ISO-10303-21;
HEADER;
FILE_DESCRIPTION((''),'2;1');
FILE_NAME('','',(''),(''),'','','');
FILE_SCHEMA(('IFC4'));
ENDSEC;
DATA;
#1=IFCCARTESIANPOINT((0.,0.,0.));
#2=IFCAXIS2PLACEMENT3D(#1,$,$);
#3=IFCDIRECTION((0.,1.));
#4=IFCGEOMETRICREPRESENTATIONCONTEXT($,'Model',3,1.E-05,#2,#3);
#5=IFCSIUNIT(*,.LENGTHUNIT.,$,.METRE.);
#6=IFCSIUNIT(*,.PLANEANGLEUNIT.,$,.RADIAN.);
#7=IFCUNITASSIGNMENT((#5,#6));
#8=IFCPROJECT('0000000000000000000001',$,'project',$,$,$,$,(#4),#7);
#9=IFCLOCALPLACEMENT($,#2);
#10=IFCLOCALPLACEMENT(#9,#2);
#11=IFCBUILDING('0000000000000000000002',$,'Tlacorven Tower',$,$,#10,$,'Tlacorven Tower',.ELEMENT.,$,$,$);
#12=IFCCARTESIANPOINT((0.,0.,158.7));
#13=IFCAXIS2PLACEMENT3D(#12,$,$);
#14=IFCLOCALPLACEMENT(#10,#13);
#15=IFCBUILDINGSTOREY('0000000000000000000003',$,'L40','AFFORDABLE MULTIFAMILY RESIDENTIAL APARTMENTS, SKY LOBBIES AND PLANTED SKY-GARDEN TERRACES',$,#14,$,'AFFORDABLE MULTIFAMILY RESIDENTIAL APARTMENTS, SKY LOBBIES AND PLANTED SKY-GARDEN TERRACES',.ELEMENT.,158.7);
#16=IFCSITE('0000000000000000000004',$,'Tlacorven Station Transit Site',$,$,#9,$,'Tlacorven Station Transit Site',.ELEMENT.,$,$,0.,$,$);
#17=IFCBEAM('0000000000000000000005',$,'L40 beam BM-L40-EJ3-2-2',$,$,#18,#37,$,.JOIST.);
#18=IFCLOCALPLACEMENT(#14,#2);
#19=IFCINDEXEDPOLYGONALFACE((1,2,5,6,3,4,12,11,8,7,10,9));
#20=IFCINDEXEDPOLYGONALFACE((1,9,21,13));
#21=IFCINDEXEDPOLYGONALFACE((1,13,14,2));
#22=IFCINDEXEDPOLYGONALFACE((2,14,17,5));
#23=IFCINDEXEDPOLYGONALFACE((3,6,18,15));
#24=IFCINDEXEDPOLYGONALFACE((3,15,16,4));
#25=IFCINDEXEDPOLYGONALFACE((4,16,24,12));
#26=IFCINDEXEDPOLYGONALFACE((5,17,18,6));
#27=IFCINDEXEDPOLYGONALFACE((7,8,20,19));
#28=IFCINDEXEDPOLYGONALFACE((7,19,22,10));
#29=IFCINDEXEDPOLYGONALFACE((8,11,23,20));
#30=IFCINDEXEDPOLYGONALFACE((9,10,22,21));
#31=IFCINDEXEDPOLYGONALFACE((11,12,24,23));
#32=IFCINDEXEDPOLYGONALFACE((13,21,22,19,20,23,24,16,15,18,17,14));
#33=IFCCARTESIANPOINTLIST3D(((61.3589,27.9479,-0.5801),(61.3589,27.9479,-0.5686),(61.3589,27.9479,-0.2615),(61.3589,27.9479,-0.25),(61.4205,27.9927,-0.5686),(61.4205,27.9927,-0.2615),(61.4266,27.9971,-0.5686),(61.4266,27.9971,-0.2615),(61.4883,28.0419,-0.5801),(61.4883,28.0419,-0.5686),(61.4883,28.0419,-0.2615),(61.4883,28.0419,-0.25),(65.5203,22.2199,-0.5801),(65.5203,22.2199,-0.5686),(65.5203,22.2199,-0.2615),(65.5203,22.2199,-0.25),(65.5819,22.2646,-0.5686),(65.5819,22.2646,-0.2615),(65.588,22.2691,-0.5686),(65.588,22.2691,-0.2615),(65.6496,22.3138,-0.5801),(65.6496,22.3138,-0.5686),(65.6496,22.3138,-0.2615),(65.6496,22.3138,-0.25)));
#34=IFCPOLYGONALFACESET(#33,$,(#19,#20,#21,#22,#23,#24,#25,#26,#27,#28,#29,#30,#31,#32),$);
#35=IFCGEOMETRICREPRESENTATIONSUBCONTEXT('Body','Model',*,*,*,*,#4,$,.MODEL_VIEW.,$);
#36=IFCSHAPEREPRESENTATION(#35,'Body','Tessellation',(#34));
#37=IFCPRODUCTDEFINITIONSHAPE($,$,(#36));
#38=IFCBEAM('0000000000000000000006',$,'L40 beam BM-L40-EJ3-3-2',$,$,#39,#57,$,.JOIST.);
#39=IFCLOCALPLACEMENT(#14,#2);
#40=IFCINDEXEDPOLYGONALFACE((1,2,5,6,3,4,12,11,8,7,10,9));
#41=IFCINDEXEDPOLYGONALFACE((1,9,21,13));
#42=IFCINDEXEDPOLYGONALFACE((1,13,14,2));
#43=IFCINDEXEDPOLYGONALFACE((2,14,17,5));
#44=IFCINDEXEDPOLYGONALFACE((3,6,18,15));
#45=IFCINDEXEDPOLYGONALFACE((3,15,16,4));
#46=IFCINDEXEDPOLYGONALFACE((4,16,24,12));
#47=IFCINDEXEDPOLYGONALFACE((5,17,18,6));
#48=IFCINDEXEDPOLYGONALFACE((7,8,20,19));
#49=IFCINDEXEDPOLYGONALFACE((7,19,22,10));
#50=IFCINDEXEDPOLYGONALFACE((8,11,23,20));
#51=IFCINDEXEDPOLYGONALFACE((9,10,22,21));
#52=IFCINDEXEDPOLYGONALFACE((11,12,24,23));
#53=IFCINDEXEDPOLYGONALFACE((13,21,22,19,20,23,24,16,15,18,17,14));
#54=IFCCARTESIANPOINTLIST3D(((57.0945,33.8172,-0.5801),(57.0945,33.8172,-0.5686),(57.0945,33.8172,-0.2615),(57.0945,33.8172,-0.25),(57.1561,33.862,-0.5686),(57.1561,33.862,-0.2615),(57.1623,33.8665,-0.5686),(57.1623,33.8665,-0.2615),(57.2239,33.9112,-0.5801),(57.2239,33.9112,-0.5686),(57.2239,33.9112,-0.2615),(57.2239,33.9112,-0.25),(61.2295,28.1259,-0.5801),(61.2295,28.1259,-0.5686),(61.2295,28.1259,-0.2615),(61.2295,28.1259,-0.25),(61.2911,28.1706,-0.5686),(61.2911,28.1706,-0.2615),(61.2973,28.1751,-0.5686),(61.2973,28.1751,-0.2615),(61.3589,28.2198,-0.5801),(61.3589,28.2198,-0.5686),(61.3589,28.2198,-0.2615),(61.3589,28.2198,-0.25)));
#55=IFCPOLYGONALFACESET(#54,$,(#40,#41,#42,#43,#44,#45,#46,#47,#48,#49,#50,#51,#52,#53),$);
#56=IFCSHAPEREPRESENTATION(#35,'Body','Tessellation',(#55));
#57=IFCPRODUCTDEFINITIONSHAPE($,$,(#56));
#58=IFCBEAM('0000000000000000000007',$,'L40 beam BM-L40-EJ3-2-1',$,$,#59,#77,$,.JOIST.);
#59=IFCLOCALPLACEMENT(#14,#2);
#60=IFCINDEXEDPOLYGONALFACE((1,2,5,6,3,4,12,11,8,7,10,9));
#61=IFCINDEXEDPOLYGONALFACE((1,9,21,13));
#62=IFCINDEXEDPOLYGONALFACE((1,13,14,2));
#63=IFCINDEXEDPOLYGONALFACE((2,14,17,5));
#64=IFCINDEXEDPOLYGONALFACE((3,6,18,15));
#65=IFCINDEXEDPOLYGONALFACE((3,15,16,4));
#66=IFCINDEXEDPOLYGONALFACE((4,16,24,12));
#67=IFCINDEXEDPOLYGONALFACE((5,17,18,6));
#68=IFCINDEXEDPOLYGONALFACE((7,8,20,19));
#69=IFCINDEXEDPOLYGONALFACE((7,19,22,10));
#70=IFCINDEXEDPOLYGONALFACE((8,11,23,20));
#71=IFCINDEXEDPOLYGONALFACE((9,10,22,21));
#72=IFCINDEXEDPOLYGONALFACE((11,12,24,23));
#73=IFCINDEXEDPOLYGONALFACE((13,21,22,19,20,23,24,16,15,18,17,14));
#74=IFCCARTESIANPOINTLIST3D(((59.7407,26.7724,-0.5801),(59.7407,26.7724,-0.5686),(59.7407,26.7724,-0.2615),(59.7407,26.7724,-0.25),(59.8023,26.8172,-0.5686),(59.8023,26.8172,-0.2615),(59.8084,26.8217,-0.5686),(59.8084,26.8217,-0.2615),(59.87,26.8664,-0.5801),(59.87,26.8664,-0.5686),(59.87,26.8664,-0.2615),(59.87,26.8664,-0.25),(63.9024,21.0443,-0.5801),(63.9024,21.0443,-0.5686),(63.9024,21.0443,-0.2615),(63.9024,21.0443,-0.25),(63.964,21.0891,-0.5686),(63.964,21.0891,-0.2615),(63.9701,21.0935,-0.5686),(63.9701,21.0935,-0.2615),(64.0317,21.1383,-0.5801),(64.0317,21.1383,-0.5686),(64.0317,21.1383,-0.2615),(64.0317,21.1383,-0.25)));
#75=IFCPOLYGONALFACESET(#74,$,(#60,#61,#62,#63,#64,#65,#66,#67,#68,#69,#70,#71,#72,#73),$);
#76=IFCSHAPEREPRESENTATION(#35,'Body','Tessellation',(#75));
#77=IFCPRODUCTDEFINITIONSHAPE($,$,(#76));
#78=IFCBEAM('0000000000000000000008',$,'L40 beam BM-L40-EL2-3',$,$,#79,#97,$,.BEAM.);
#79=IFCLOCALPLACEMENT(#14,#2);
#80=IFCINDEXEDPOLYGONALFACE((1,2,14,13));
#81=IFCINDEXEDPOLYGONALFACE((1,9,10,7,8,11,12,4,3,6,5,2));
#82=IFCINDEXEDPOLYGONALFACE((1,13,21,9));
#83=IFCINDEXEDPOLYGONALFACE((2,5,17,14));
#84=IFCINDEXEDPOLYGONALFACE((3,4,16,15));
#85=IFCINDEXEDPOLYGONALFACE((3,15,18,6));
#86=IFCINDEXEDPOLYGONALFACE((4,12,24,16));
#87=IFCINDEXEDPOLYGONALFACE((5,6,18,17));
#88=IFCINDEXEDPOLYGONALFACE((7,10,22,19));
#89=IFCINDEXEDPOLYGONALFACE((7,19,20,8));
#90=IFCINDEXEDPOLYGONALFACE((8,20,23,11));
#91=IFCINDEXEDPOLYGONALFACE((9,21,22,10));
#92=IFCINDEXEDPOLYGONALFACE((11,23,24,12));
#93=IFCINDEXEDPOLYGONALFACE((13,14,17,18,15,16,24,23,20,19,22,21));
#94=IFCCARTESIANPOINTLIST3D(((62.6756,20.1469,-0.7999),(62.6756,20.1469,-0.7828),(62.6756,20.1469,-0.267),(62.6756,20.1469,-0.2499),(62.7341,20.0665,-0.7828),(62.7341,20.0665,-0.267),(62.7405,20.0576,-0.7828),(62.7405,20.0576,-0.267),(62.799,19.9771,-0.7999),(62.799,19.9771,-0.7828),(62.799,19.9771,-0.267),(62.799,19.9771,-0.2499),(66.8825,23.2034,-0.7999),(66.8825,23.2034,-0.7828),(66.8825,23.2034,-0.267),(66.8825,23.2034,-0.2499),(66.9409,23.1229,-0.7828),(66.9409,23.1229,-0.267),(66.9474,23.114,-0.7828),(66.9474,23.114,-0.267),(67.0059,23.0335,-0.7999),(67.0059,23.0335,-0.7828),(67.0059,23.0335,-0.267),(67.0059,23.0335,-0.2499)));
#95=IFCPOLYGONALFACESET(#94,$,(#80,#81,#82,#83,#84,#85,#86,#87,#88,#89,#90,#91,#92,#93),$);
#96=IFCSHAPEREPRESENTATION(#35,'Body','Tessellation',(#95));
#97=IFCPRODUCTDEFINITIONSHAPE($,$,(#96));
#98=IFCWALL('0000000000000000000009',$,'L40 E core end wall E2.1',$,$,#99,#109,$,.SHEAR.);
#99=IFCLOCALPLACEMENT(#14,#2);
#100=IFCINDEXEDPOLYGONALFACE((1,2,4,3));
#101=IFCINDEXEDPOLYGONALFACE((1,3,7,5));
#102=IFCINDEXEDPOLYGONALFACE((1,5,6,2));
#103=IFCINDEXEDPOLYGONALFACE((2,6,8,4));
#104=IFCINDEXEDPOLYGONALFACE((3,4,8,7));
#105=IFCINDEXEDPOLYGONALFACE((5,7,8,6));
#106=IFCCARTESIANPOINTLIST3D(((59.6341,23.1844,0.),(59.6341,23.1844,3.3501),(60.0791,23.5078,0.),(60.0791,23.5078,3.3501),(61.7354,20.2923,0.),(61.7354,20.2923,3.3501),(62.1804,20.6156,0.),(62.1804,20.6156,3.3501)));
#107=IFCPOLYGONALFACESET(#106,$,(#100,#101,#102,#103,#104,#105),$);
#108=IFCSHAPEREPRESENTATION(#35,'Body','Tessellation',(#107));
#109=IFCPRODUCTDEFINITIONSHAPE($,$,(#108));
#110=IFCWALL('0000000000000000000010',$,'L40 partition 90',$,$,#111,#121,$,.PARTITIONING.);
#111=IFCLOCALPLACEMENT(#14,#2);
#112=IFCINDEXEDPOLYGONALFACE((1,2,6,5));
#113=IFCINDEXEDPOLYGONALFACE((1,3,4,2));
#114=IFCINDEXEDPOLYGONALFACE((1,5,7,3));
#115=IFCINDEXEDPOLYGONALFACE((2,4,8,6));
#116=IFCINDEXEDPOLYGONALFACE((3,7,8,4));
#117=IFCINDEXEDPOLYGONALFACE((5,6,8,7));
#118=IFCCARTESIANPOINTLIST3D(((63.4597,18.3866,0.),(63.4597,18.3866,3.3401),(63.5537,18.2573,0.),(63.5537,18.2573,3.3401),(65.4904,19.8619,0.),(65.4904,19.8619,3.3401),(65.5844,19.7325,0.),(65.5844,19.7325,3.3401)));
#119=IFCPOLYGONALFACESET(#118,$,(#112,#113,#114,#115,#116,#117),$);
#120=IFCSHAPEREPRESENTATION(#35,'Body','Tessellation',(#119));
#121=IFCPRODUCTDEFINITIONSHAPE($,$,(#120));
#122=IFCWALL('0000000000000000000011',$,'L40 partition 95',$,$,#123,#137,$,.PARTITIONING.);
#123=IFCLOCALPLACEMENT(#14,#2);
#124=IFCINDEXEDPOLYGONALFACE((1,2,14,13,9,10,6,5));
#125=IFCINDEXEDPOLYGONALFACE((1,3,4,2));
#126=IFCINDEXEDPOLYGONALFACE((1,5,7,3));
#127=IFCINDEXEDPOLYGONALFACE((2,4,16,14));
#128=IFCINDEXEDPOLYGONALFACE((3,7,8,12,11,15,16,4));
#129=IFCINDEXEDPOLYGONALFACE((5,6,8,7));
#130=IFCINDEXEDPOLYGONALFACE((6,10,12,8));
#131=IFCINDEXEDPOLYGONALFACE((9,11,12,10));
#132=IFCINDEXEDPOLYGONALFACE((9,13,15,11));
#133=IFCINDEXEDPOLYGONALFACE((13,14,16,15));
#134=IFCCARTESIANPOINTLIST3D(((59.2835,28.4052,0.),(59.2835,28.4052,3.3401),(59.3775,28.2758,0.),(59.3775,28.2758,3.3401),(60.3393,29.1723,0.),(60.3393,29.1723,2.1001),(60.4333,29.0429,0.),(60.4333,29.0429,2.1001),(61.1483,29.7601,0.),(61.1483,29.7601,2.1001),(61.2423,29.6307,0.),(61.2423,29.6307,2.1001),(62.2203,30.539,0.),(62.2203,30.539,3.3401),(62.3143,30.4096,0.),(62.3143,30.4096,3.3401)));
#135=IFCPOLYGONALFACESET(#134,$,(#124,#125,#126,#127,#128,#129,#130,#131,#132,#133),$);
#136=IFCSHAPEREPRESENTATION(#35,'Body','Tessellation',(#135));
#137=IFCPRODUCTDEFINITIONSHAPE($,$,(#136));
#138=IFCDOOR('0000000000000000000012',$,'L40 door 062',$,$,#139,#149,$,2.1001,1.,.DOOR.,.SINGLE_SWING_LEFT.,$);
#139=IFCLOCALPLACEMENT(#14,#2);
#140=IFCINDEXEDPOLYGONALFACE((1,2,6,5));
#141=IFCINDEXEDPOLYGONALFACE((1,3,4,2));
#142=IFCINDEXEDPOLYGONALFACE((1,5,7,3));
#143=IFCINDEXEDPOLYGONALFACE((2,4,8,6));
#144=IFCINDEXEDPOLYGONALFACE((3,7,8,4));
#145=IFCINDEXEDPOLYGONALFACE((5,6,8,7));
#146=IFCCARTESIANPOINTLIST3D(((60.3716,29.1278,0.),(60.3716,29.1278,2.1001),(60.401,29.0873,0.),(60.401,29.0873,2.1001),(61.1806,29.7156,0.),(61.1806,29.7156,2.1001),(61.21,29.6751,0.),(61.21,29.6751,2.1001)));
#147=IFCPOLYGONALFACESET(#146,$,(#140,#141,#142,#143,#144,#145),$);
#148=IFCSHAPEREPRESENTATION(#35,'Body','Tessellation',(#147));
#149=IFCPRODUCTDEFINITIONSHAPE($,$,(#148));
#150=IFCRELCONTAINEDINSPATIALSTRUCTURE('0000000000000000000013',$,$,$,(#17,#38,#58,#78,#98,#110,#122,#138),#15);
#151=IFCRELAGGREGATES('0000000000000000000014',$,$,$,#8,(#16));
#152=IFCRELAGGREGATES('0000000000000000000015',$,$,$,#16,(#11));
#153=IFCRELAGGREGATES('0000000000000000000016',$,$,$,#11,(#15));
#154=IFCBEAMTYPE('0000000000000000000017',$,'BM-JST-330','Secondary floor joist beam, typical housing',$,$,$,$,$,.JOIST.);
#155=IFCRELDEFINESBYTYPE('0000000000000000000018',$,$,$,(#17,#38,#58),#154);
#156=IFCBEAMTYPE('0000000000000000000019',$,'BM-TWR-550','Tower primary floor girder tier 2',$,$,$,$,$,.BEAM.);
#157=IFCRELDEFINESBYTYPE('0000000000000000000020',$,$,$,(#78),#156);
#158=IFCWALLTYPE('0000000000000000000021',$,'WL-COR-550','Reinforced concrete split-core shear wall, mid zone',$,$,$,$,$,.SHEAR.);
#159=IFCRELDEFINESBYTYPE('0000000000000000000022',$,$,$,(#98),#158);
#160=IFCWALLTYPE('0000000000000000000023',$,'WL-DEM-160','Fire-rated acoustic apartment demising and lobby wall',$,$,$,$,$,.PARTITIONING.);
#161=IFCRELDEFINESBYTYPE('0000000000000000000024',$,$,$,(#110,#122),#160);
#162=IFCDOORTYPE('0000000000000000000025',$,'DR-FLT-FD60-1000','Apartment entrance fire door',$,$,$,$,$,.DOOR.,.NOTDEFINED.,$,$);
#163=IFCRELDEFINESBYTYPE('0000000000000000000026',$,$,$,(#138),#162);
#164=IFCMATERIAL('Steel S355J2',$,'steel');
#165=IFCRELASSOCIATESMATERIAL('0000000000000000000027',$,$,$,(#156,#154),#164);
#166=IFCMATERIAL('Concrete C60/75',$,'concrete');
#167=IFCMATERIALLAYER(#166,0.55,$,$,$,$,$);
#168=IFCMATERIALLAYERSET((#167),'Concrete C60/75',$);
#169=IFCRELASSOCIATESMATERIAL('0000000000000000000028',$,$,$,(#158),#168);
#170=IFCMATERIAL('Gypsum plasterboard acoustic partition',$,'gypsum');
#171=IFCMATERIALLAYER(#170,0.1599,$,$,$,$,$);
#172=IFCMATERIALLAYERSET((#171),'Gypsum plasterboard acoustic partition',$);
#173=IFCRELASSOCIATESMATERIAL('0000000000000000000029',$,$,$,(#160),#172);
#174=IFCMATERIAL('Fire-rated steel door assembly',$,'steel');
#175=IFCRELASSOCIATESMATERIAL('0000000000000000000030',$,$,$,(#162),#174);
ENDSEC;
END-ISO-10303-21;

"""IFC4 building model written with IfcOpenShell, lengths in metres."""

from ifc_helpers import new_model, si_unit, direction, frame, frame_2d, origin, origin_2d, place, context, subcontext, project, spatial, rectangle, i_section, extrude, source, transform, mapped, material, layer, layer_set, material_profile, profile_set, type_object, element, fill, save


model = new_model("IFC4")

# Units and contexts
model_context = context("Model", 3, precision=1e-05, world=origin(), true_north=direction((0.0, 1.0)))
body_context = subcontext(model_context, "Body", "Model", "MODEL_VIEW")
ifc_project = project(units=[si_unit("LENGTHUNIT", "METRE"), si_unit("PLANEANGLEUNIT", "RADIAN")], contexts=[model_context])

# Site, building, storey
site_placement = place(None, origin())
site = spatial("IfcSite", under=ifc_project, at=site_placement, Name="Tlacorven Station Transit Site", LongName="Tlacorven Station Transit Site", CompositionType="ELEMENT", RefElevation=0.0)
building_placement = place(site_placement, origin())
building = spatial("IfcBuilding", under=site, at=building_placement, Name="Tlacorven Tower", LongName="Tlacorven Tower", CompositionType="ELEMENT")
storey_placement = place(building_placement, frame((0.0, 0.0, 158.7)))
storey = spatial("IfcBuildingStorey", under=building, at=storey_placement, Name="L40", Description="AFFORDABLE MULTIFAMILY RESIDENTIAL APARTMENTS, SKY LOBBIES AND PLANTED SKY-GARDEN TERRACES", LongName="AFFORDABLE MULTIFAMILY RESIDENTIAL APARTMENTS, SKY LOBBIES AND PLANTED SKY-GARDEN TERRACES", CompositionType="ELEMENT", Elevation=158.7)

# Beams
ifc_material_1 = material(Name="Concrete C60/75", Category="concrete")
ifc_material_2 = material(Name="Steel S355J2", Category="steel")
ifc_material_profile_1 = material_profile(ifc_material_2, i_section(OverallWidth=0.21, OverallDepth=0.55, WebThickness=0.011, FlangeThickness=0.0171, at=origin_2d()), Name="IPE 550")
ifc_profile_set_1 = profile_set([ifc_material_profile_1], Name="Steel S355J2")
beam_type_1 = type_object("IfcBeamType", Name="BM-TWR-550", Description="Tower primary floor girder tier 2", PredefinedType="BEAM", material=ifc_profile_set_1)
ifc_material_profile_2 = material_profile(ifc_material_2, i_section(OverallWidth=0.1599, OverallDepth=0.3301, WebThickness=0.0076, FlangeThickness=0.0115, at=origin_2d()), Name="IPE 330")
ifc_profile_set_2 = profile_set([ifc_material_profile_2], Name="Steel S355J2")
beam_type_2 = type_object("IfcBeamType", Name="BM-JST-330", Description="Secondary floor joist beam, typical housing", PredefinedType="JOIST", material=ifc_profile_set_2)
shared_shape_1 = source(origin(), body_context, "Body", "SweptSolid", [
    extrude(i_section(OverallWidth=0.1599, OverallDepth=0.3301, WebThickness=0.0076, FlangeThickness=0.0115, at=origin_2d()), origin(), (0.0, 0.0, 1.0), 7.0801),
])
beam_1_placement = place(storey_placement, frame((65.585, 22.2668, -0.415), z_axis=(-0.58776, 0.809036, 0.0), x_axis=(-0.809036, -0.58776, 0.0)))
element("IfcBeam", 1, at=beam_1_placement, inside=storey, type_object=beam_type_2, Name="L40 beam BM-L40-EJ3-2-2", PredefinedType="JOIST", context=body_context, shape_type="MappedRepresentation", body=[
    mapped(shared_shape_1, transform((0.0, 0.0, 0.0), scale=1.0)),
])
shared_shape_2 = source(origin(), body_context, "Body", "SweptSolid", [
    extrude(i_section(OverallWidth=0.1599, OverallDepth=0.3301, WebThickness=0.0076, FlangeThickness=0.0115, at=origin_2d()), origin(), (0.0, 0.0, 1.0), 7.0349),
])
beam_2_placement = place(storey_placement, frame((61.2942, 28.1729, -0.415), z_axis=(-0.587782, 0.80902, 0.0), x_axis=(-0.80902, -0.587782, 0.0)))
element("IfcBeam", 2, at=beam_2_placement, inside=storey, type_object=beam_type_2, Name="L40 beam BM-L40-EJ3-3-2", PredefinedType="JOIST", context=body_context, shape_type="MappedRepresentation", body=[
    mapped(shared_shape_2, transform((0.0, 0.0, 0.0), scale=1.0)),
])
shared_shape_3 = source(origin(), body_context, "Body", "SweptSolid", [
    extrude(i_section(OverallWidth=0.1599, OverallDepth=0.3301, WebThickness=0.0076, FlangeThickness=0.0115, at=origin_2d()), origin(), (0.0, 0.0, 1.0), 7.0803),
])
beam_3_placement = place(storey_placement, frame((63.967, 21.0913, -0.415), z_axis=(-0.587782, 0.809019, 0.0), x_axis=(-0.809019, -0.587782, 0.0)))
element("IfcBeam", 3, at=beam_3_placement, inside=storey, type_object=beam_type_2, Name="L40 beam BM-L40-EJ3-2-1", PredefinedType="JOIST", context=body_context, shape_type="MappedRepresentation", body=[
    mapped(shared_shape_3, transform((0.0, 0.0, 0.0), scale=1.0)),
])
shared_shape_4 = source(origin(), body_context, "Body", "SweptSolid", [
    extrude(i_section(OverallWidth=0.21, OverallDepth=0.55, WebThickness=0.011, FlangeThickness=0.0171, at=origin_2d()), origin(), (0.0, 0.0, 1.0), 5.2),
])
beam_4_placement = place(storey_placement, frame((62.7373, 20.062, -0.5249), z_axis=(0.809018, 0.587784, 0.0), x_axis=(-0.587784, 0.809018, 0.0)))
element("IfcBeam", 4, at=beam_4_placement, inside=storey, type_object=beam_type_1, Name="L40 beam BM-L40-EL2-3", PredefinedType="BEAM", context=body_context, shape_type="MappedRepresentation", body=[
    mapped(shared_shape_4, transform((0.0, 0.0, 0.0), scale=1.0)),
])

# Walls
ifc_layer_1 = layer(ifc_material_1, 0.55)
ifc_layer_set_1 = layer_set([ifc_layer_1], Name="Concrete C60/75")
wall_type_1 = type_object("IfcWallType", Name="WL-COR-550", Description="Reinforced concrete split-core shear wall, mid zone", PredefinedType="SHEAR", material=ifc_layer_set_1)
wall_1_placement = place(storey_placement, frame((61.958, 20.4539, 0.0), z_axis=(0.0, 0.0, 1.0), x_axis=(-0.587802, 0.809005, 0.0)))
element("IfcWall", 5, at=wall_1_placement, inside=storey, type_object=wall_type_1, Name="L40 E core end wall E2.1", PredefinedType="SHEAR", context=body_context, shape_type="SweptSolid", body=[
    extrude(rectangle(XDim=3.575, YDim=0.55, at=frame_2d((1.7876, 0.0))), origin(), (0.0, 0.0, 1.0), 3.3501),
])
ifc_material_3 = material(Name="Gypsum plasterboard acoustic partition", Category="gypsum")
ifc_layer_2 = layer(ifc_material_3, 0.1599)
ifc_layer_set_2 = layer_set([ifc_layer_2], Name="Gypsum plasterboard acoustic partition")
wall_type_2 = type_object("IfcWallType", Name="WL-DEM-160", Description="Fire-rated acoustic apartment demising and lobby wall", PredefinedType="PARTITIONING", material=ifc_layer_set_2)
wall_2_placement = place(storey_placement, frame((63.5068, 18.322, 0.0), z_axis=(0.0, 0.0, 1.0), x_axis=(0.809035, 0.587761, 0.0)))
element("IfcWall", 6, at=wall_2_placement, inside=storey, type_object=wall_type_2, Name="L40 partition 90", PredefinedType="PARTITIONING", context=body_context, shape_type="SweptSolid", body=[
    extrude(rectangle(XDim=2.51, YDim=0.1599, at=frame_2d((1.2549, 0.0))), origin(), (0.0, 0.0, 1.0), 3.3401),
])

# Wall, opening, door
wall_3_placement = place(storey_placement, frame((59.3306, 28.3406, 0.0), z_axis=(0.0, 0.0, 1.0), x_axis=(0.809004, 0.587804, 0.0)))
wall_3 = element("IfcWall", 7, at=wall_3_placement, inside=storey, type_object=wall_type_2, Name="L40 partition 95", PredefinedType="PARTITIONING", context=body_context, shape_type="SweptSolid", body=[
    extrude(rectangle(XDim=3.6301, YDim=0.1599, at=frame_2d((1.8149, 0.0))), origin(), (0.0, 0.0, 1.0), 3.3401),
])
opening_1_placement = place(wall_3_placement, frame((1.3049, 0.0, 0.0)))
opening_1 = element("IfcOpeningElement", 8, at=opening_1_placement, cuts=wall_3, PredefinedType="OPENING", context=body_context, shape_type="SweptSolid", body=[
    extrude(rectangle(XDim=1.0, YDim=2.1001, at=frame_2d((0.5, 1.05))), frame((0.0, 0.0898, 0.0), z_axis=(0.0, -1.0, 0.0), x_axis=(1.0, 0.0, 0.0)), (0.0, 0.0, 1.0), 0.1799),
])
ifc_material_4 = material(Name="Fire-rated steel door assembly", Category="steel")
door_type_1 = type_object("IfcDoorType", Name="DR-FLT-FD60-1000", Description="Apartment entrance fire door", OperationType="NOTDEFINED", PredefinedType="DOOR", material=ifc_material_4)
shared_shape_5 = source(origin(), body_context, "Body", "SweptSolid", [
    extrude(rectangle(XDim=1.0, YDim=2.1001, at=frame_2d((0.5, 1.05))), frame((0.0, 0.0249, 0.0), z_axis=(0.0, -1.0, 0.0), x_axis=(1.0, 0.0, 0.0)), (0.0, 0.0, 1.0), 0.05),
])
door_1_placement = place(opening_1_placement, origin())
door_1 = element("IfcDoor", 9, at=door_1_placement, inside=storey, type_object=door_type_1, Name="L40 door 062", OperationType="SINGLE_SWING_LEFT", OverallHeight=2.1001, OverallWidth=1.0, PredefinedType="DOOR", context=body_context, shape_type="MappedRepresentation", body=[
    mapped(shared_shape_5, transform((0.0, 0.0, 0.0), scale=1.0)),
])
fill(opening_1, door_1)

save(model, "model.ifc")
